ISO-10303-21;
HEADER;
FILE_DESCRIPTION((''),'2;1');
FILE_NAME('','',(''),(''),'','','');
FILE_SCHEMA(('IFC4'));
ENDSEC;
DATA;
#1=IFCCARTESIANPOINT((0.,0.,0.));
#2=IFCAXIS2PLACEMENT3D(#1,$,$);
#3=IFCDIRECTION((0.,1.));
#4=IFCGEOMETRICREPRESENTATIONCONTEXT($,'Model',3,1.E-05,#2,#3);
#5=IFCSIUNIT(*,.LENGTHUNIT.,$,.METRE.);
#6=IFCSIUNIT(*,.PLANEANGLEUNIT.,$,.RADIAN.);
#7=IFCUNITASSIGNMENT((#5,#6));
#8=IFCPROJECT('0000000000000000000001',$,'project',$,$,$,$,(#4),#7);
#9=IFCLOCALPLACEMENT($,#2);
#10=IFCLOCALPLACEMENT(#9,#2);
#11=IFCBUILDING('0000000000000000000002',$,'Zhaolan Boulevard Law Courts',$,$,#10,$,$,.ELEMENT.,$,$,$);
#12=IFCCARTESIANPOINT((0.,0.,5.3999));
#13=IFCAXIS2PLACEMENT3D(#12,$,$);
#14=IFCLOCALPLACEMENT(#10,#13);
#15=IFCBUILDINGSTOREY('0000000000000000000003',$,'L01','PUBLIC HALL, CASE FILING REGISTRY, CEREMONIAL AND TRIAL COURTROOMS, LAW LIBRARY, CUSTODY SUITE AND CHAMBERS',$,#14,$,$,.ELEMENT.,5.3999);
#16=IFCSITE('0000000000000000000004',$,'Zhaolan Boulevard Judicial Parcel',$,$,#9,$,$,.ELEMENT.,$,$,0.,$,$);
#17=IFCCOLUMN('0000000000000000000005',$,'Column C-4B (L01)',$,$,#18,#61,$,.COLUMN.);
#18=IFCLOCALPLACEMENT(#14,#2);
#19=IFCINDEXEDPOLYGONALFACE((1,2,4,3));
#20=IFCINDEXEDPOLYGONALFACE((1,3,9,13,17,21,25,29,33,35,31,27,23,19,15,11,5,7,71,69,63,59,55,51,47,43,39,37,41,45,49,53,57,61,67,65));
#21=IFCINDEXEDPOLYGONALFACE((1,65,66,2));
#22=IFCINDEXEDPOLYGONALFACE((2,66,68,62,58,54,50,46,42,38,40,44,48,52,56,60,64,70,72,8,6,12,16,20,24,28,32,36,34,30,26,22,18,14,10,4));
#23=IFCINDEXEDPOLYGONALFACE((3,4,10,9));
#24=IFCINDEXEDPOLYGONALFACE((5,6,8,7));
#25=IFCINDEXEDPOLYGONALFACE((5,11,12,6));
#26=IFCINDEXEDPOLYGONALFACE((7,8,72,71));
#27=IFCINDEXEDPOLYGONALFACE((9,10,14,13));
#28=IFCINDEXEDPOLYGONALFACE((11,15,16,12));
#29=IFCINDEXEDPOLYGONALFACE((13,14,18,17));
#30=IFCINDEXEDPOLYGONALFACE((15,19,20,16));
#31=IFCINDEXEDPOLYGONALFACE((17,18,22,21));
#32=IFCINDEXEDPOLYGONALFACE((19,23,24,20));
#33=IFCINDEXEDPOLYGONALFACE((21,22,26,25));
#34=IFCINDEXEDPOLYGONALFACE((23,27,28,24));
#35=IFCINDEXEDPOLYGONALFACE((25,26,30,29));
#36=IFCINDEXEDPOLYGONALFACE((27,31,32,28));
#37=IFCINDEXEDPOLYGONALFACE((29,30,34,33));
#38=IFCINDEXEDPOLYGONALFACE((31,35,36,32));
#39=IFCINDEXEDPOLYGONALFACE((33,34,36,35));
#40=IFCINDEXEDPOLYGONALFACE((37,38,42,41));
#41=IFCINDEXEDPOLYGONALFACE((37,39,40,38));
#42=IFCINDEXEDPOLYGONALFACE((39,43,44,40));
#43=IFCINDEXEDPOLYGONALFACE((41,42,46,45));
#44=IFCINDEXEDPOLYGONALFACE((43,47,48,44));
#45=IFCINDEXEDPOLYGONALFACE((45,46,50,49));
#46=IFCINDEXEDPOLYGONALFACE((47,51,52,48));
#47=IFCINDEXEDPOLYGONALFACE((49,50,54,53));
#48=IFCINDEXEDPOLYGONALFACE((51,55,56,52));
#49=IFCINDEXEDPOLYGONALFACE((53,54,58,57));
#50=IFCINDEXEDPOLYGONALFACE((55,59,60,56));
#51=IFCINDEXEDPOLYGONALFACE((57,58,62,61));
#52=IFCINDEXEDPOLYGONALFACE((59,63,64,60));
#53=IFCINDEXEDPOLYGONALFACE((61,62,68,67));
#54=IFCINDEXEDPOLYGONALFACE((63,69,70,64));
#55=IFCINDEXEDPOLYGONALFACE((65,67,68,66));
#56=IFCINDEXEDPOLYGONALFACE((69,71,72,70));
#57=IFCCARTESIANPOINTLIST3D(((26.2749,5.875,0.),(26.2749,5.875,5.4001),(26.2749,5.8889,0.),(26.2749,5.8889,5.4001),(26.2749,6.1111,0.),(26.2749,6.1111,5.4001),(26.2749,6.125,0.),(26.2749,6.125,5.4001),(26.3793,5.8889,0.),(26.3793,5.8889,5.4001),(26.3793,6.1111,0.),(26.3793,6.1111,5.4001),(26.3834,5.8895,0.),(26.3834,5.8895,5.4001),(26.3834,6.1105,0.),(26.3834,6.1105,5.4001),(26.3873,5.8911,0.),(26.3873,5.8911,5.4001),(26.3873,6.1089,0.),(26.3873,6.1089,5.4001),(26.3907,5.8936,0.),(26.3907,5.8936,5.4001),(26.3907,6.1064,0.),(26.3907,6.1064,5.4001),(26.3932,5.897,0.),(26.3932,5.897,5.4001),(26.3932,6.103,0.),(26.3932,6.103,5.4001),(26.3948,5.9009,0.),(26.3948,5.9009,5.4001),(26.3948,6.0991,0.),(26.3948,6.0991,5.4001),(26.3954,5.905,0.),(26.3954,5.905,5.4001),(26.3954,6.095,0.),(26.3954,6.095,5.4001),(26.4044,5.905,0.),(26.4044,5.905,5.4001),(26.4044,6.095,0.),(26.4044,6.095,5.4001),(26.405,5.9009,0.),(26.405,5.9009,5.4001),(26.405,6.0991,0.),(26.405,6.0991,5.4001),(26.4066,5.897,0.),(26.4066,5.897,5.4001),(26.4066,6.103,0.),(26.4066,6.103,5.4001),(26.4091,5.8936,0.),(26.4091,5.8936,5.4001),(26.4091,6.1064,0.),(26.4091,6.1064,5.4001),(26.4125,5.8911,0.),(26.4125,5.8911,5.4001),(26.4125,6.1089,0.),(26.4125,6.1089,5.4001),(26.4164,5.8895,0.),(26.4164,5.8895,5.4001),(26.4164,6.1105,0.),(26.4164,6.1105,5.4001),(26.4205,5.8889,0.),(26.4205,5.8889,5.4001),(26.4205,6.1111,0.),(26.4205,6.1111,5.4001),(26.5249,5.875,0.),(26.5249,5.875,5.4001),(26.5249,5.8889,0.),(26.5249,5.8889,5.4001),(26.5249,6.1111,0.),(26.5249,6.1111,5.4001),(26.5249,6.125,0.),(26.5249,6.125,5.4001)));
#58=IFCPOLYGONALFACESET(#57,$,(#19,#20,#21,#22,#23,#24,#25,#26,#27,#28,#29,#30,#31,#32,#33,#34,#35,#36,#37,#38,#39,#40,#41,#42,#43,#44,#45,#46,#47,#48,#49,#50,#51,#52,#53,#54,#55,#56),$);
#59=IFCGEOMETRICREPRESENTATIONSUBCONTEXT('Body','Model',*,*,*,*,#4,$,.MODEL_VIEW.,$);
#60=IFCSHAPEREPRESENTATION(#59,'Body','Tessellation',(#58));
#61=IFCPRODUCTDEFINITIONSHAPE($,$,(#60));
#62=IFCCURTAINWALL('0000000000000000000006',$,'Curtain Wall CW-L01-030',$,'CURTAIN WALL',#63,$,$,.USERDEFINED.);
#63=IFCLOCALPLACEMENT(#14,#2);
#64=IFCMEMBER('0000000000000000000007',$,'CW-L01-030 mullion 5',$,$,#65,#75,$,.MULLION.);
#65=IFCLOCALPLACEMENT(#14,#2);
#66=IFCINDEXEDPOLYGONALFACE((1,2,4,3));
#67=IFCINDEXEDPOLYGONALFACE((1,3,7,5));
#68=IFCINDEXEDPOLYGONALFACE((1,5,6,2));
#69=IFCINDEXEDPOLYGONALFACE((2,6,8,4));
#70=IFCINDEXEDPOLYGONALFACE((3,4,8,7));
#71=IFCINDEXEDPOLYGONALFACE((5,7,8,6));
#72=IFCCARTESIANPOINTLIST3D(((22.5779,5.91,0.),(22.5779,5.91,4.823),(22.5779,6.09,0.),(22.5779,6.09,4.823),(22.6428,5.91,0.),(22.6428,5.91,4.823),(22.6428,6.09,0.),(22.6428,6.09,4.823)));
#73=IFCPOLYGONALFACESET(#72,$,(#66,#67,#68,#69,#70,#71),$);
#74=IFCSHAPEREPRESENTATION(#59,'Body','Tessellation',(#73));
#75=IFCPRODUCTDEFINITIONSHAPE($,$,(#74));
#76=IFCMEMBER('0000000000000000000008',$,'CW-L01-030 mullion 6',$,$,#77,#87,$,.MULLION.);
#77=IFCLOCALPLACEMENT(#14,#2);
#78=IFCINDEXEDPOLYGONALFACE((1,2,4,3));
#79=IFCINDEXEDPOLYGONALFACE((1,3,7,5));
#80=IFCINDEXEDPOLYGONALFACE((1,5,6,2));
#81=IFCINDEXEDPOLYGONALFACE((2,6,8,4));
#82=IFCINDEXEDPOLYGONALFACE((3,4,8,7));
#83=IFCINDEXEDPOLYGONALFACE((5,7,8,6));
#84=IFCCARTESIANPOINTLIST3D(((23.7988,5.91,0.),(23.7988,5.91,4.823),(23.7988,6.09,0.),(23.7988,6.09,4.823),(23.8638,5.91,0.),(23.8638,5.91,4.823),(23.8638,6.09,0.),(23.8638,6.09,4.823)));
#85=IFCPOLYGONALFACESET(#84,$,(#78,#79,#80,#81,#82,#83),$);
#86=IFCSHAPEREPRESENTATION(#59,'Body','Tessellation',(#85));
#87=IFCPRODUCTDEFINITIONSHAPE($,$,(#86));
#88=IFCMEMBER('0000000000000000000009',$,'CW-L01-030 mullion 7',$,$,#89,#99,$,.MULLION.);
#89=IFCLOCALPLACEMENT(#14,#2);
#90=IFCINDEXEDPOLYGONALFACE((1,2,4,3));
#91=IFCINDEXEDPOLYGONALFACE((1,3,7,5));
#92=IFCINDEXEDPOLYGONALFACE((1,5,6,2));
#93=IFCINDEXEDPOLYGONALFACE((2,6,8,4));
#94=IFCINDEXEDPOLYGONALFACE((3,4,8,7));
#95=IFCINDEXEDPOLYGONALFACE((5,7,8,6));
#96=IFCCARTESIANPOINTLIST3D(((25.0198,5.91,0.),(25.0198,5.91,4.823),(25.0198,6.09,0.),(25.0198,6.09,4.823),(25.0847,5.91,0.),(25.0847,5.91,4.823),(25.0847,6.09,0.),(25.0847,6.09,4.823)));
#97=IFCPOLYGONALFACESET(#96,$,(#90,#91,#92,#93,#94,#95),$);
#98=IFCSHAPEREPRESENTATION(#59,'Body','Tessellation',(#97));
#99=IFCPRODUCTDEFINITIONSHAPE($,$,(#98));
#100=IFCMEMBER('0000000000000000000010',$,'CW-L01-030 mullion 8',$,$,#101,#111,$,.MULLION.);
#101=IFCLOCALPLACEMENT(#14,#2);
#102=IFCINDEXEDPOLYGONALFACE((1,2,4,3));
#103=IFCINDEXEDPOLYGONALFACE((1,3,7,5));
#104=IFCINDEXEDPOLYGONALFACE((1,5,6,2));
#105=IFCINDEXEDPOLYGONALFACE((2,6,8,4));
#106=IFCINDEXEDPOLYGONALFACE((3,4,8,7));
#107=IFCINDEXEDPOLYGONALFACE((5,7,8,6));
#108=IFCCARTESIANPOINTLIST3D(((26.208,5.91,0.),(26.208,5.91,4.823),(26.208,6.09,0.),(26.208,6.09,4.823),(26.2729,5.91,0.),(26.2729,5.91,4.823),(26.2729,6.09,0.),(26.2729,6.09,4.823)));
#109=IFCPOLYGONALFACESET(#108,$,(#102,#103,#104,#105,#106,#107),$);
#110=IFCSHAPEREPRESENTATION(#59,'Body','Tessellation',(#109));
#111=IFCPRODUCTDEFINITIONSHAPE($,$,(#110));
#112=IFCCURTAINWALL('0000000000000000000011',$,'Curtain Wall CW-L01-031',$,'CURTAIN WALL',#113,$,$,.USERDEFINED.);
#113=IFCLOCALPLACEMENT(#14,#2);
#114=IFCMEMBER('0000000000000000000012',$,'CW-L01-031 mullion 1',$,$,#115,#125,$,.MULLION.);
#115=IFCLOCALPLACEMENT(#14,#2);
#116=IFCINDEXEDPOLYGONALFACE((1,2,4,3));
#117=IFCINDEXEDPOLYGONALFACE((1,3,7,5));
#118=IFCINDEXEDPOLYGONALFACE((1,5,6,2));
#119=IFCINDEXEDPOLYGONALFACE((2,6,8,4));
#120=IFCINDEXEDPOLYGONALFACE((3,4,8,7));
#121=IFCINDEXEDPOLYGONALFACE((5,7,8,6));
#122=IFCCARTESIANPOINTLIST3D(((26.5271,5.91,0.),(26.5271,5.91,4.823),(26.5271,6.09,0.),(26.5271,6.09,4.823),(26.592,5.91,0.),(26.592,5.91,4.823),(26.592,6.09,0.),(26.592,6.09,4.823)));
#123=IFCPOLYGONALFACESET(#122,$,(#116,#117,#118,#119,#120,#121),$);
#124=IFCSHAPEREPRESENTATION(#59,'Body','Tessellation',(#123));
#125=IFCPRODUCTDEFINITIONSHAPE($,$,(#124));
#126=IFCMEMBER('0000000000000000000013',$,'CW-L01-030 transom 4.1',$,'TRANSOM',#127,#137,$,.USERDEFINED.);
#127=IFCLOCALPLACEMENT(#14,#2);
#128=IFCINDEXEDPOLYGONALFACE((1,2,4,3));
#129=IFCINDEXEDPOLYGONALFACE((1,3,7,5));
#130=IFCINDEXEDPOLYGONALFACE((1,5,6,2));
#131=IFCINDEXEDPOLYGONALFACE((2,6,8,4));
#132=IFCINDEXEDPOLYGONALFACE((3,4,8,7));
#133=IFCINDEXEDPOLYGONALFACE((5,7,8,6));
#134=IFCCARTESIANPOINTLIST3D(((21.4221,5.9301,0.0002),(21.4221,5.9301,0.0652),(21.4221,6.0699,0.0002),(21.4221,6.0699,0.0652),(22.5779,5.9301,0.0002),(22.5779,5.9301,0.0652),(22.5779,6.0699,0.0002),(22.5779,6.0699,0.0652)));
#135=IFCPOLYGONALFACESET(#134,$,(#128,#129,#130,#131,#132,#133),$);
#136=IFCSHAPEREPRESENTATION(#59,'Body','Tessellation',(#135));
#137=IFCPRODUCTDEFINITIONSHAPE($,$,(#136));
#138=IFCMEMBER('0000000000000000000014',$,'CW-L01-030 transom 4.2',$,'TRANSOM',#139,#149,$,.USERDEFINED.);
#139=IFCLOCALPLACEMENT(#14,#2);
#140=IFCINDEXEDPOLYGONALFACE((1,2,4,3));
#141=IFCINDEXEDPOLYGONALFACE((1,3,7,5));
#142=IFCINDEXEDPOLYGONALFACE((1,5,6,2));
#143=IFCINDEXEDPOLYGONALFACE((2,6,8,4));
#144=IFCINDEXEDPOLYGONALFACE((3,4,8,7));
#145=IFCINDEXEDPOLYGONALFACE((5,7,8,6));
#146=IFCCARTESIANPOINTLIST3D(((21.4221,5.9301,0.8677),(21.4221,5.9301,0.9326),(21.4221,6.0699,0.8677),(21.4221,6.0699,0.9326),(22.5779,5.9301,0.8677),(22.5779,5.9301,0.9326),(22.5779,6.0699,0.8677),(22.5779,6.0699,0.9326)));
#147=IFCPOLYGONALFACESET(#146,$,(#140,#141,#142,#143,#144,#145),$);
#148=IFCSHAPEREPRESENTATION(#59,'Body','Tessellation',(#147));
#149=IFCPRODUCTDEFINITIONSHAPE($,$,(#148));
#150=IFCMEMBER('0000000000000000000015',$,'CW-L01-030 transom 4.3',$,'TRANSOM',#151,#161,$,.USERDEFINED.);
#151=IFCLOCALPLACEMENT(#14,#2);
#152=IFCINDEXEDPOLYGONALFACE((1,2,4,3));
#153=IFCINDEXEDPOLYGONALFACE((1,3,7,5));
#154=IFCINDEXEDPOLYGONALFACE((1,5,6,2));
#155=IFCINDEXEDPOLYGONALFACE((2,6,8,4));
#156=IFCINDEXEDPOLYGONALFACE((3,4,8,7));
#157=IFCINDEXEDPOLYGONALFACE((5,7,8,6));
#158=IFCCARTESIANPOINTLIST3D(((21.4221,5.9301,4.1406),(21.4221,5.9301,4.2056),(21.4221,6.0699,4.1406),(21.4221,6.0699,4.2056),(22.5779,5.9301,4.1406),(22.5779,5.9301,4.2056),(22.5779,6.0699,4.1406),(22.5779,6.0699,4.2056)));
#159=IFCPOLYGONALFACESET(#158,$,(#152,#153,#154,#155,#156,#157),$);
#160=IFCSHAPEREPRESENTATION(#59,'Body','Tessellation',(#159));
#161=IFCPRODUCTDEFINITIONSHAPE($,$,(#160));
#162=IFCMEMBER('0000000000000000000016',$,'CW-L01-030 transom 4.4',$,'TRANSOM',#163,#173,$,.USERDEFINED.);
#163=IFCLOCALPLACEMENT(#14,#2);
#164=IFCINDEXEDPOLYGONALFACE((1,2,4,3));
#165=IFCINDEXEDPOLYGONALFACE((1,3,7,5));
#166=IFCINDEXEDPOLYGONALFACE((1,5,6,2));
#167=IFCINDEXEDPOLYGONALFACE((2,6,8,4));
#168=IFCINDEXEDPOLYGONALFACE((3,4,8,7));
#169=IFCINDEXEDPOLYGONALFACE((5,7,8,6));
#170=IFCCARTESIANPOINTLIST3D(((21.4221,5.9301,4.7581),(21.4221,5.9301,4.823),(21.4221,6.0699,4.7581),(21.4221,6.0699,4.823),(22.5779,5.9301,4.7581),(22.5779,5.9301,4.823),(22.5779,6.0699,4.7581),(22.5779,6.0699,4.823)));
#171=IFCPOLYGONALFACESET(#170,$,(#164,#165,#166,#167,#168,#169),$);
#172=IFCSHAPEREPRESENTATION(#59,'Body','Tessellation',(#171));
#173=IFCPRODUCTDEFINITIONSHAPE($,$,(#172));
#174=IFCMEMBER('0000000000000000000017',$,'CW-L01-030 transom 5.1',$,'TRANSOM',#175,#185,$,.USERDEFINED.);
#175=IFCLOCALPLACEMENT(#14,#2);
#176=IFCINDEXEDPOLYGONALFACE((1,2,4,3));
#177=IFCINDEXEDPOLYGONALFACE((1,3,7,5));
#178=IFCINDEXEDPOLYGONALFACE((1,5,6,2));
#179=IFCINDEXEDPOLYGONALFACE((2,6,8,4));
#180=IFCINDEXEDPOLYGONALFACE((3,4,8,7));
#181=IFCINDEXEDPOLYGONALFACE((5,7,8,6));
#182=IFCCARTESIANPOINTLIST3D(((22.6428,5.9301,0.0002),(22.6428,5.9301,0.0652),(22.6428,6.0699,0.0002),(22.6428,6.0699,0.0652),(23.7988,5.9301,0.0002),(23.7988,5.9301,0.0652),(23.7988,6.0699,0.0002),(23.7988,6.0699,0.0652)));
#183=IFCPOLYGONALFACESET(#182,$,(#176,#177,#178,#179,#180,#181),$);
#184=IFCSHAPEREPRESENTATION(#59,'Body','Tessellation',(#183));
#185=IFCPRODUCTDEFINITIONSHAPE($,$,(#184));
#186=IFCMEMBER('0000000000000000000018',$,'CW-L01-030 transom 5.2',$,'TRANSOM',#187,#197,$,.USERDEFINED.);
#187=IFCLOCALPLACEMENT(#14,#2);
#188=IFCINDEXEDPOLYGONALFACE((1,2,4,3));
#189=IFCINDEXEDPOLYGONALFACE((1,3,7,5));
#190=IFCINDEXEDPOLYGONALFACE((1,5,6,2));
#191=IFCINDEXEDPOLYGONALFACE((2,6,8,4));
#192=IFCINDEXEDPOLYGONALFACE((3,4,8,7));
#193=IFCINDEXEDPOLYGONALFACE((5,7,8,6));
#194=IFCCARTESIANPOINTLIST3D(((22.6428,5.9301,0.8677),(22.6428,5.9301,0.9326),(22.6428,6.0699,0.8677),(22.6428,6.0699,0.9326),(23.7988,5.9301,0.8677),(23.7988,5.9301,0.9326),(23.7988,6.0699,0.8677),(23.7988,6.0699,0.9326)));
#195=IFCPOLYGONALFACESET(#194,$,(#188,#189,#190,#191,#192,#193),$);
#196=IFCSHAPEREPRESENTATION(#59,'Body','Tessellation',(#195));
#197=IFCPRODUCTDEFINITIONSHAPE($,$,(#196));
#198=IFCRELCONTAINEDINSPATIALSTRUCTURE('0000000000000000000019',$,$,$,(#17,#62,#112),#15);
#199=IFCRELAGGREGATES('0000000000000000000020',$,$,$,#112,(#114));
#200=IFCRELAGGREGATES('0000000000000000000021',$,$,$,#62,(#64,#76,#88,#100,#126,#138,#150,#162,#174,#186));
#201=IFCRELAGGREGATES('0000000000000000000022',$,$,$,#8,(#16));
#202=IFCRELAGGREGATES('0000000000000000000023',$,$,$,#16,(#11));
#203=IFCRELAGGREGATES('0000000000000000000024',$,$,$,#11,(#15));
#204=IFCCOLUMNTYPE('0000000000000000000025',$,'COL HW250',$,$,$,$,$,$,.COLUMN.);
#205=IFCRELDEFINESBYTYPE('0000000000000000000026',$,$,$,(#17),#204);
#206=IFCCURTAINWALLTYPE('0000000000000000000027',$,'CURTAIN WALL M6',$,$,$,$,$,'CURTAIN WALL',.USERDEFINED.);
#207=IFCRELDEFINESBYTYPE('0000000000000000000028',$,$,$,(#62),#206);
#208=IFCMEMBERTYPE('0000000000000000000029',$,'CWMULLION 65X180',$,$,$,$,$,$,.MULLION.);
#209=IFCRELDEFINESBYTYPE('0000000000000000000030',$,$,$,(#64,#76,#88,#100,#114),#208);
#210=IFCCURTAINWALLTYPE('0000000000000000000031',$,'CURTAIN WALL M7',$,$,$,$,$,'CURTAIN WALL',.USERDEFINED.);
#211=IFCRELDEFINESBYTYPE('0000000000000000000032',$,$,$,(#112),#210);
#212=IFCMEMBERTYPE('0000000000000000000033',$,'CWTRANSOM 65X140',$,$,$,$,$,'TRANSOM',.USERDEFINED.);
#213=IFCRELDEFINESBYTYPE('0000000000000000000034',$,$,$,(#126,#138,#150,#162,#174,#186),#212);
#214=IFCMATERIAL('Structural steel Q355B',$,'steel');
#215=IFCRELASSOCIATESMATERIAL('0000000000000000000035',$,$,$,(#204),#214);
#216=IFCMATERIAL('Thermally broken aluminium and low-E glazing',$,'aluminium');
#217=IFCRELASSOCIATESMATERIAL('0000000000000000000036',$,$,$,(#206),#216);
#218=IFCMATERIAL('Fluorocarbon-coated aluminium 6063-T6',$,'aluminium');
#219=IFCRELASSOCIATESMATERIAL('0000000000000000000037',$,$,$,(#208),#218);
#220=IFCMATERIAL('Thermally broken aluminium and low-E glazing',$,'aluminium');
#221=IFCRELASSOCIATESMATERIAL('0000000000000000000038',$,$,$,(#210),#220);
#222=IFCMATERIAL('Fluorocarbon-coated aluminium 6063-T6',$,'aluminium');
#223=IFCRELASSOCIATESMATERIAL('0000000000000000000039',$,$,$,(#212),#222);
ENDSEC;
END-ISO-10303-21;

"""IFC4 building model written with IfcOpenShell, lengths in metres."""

from ifc_helpers import new_model, si_unit, direction, frame, origin, origin_2d, place, context, subcontext, project, spatial, rectangle, i_section, extrude, material, material_profile, profile_set, type_object, element, aggregate, save


model = new_model("IFC4")

# Units and contexts
model_context = context("Model", 3, precision=1e-05, world=origin(), true_north=direction((0.0, 1.0)))
body_context = subcontext(model_context, "Body", "Model", "MODEL_VIEW")
ifc_project = project(units=[si_unit("LENGTHUNIT", "METRE"), si_unit("PLANEANGLEUNIT", "RADIAN")], contexts=[model_context])

# Site, building, storey
site_placement = place(None, origin())
site = spatial("IfcSite", under=ifc_project, at=site_placement, Name="Zhaolan Boulevard Judicial Parcel", CompositionType="ELEMENT", RefElevation=0.0)
building_placement = place(site_placement, origin())
building = spatial("IfcBuilding", under=site, at=building_placement, Name="Zhaolan Boulevard Law Courts", CompositionType="ELEMENT")
storey_placement = place(building_placement, frame((0.0, 0.0, 5.3999)))
storey = spatial("IfcBuildingStorey", under=building, at=storey_placement, Name="L01", Description="PUBLIC HALL, CASE FILING REGISTRY, CEREMONIAL AND TRIAL COURTROOMS, LAW LIBRARY, CUSTODY SUITE AND CHAMBERS", CompositionType="ELEMENT", Elevation=5.3999)

# Column
ifc_material_1 = material(Name="Structural steel Q355B", Category="steel")
ifc_material_profile_1 = material_profile(ifc_material_1, i_section(OverallWidth=0.25, OverallDepth=0.25, WebThickness=0.009, FlangeThickness=0.0139, FilletRadius=0.0161, at=origin_2d()), Name="HW250x250")
ifc_profile_set_1 = profile_set([ifc_material_profile_1], Name="Structural steel Q355B")
column_type = type_object("IfcColumnType", Name="COL HW250", PredefinedType="COLUMN", material=ifc_profile_set_1)
column_placement = place(storey_placement, frame((26.3999, 6.0, 0.0), z_axis=(0.0, 0.0, 1.0), x_axis=(1.0, 0.0, 0.0)))
element("IfcColumn", 1, at=column_placement, inside=storey, type_object=column_type, Name="Column C-4B (L01)", PredefinedType="COLUMN", context=body_context, shape_type="SweptSolid", body=[
    extrude(i_section(OverallWidth=0.25, OverallDepth=0.25, WebThickness=0.009, FlangeThickness=0.0139, FilletRadius=0.0161, at=origin_2d()), origin(), (0.0, 0.0, 1.0), 5.4001),
])

# Curtain wall, members
ifc_material_2 = material(Name="Thermally broken aluminium and low-E glazing", Category="aluminium")
curtain_wall_type_1 = type_object("IfcCurtainWallType", Name="CURTAIN WALL M6", ElementType="CURTAIN WALL", PredefinedType="USERDEFINED", material=ifc_material_2)
curtain_wall_1_placement = place(storey_placement, origin())
curtain_wall_1 = element("IfcCurtainWall", 2, at=curtain_wall_1_placement, inside=storey, type_object=curtain_wall_type_1, Name="Curtain Wall CW-L01-030", ObjectType="CURTAIN WALL", PredefinedType="USERDEFINED")
ifc_material_3 = material(Name="Fluorocarbon-coated aluminium 6063-T6", Category="aluminium")
ifc_material_profile_2 = material_profile(ifc_material_3, rectangle(XDim=0.1799, YDim=0.0649, at=origin_2d()), Name="AL65x180")
ifc_profile_set_2 = profile_set([ifc_material_profile_2], Name="Fluorocarbon-coated aluminium 6063-T6")
member_type_1 = type_object("IfcMemberType", Name="CWMULLION 65X180", PredefinedType="MULLION", material=ifc_profile_set_2)
member_1_placement = place(storey_placement, frame((22.6104, 6.0, 0.0), z_axis=(0.0, 0.0, 1.0), x_axis=(0.0, 1.0, 0.0)))
member_1 = element("IfcMember", 3, at=member_1_placement, type_object=member_type_1, Name="CW-L01-030 mullion 5", PredefinedType="MULLION", context=body_context, shape_type="SweptSolid", body=[
    extrude(rectangle(XDim=0.1799, YDim=0.0649, at=origin_2d()), origin(), (0.0, 0.0, 1.0), 4.823),
])
member_2_placement = place(storey_placement, frame((23.8313, 6.0, 0.0), z_axis=(0.0, 0.0, 1.0), x_axis=(0.0, 1.0, 0.0)))
member_2 = element("IfcMember", 4, at=member_2_placement, type_object=member_type_1, Name="CW-L01-030 mullion 6", PredefinedType="MULLION", context=body_context, shape_type="SweptSolid", body=[
    extrude(rectangle(XDim=0.1799, YDim=0.0649, at=origin_2d()), origin(), (0.0, 0.0, 1.0), 4.823),
])
member_3_placement = place(storey_placement, frame((25.0522, 6.0, 0.0), z_axis=(0.0, 0.0, 1.0), x_axis=(0.0, 1.0, 0.0)))
member_3 = element("IfcMember", 5, at=member_3_placement, type_object=member_type_1, Name="CW-L01-030 mullion 7", PredefinedType="MULLION", context=body_context, shape_type="SweptSolid", body=[
    extrude(rectangle(XDim=0.1799, YDim=0.0649, at=origin_2d()), origin(), (0.0, 0.0, 1.0), 4.823),
])
member_4_placement = place(storey_placement, frame((26.2405, 6.0, 0.0), z_axis=(0.0, 0.0, 1.0), x_axis=(0.0, 1.0, 0.0)))
member_4 = element("IfcMember", 6, at=member_4_placement, type_object=member_type_1, Name="CW-L01-030 mullion 8", PredefinedType="MULLION", context=body_context, shape_type="SweptSolid", body=[
    extrude(rectangle(XDim=0.1799, YDim=0.0649, at=origin_2d()), origin(), (0.0, 0.0, 1.0), 4.823),
])

# Curtain wall, member
ifc_material_4 = material(Name="Thermally broken aluminium and low-E glazing", Category="aluminium")
curtain_wall_type_2 = type_object("IfcCurtainWallType", Name="CURTAIN WALL M7", ElementType="CURTAIN WALL", PredefinedType="USERDEFINED", material=ifc_material_4)
curtain_wall_2_placement = place(storey_placement, origin())
curtain_wall_2 = element("IfcCurtainWall", 7, at=curtain_wall_2_placement, inside=storey, type_object=curtain_wall_type_2, Name="Curtain Wall CW-L01-031", ObjectType="CURTAIN WALL", PredefinedType="USERDEFINED")
member_5_placement = place(storey_placement, frame((26.5596, 6.0, 0.0), z_axis=(0.0, 0.0, 1.0), x_axis=(0.0, 1.0, 0.0)))
member_5 = element("IfcMember", 8, at=member_5_placement, type_object=member_type_1, Name="CW-L01-031 mullion 1", PredefinedType="MULLION", context=body_context, shape_type="SweptSolid", body=[
    extrude(rectangle(XDim=0.1799, YDim=0.0649, at=origin_2d()), origin(), (0.0, 0.0, 1.0), 4.823),
])

# Members
ifc_material_5 = material(Name="Fluorocarbon-coated aluminium 6063-T6", Category="aluminium")
ifc_material_profile_3 = material_profile(ifc_material_5, rectangle(XDim=0.1399, YDim=0.0649, at=origin_2d()), Name="AL65x140")
ifc_profile_set_3 = profile_set([ifc_material_profile_3], Name="Fluorocarbon-coated aluminium 6063-T6")
member_type_2 = type_object("IfcMemberType", Name="CWTRANSOM 65X140", ElementType="TRANSOM", PredefinedType="USERDEFINED", material=ifc_profile_set_3)
member_6_placement = place(storey_placement, frame((21.4221, 6.0, 0.0327), z_axis=(1.0, 0.0, 0.0), x_axis=(0.0, 1.0, 0.0)))
member_6 = element("IfcMember", 9, at=member_6_placement, type_object=member_type_2, Name="CW-L01-030 transom 4.1", ObjectType="TRANSOM", PredefinedType="USERDEFINED", context=body_context, shape_type="SweptSolid", body=[
    extrude(rectangle(XDim=0.1399, YDim=0.0649, at=origin_2d()), origin(), (0.0, 0.0, 1.0), 1.1558),
])
member_7_placement = place(storey_placement, frame((21.4221, 6.0, 0.9001), z_axis=(1.0, 0.0, 0.0), x_axis=(0.0, 1.0, 0.0)))
member_7 = element("IfcMember", 10, at=member_7_placement, type_object=member_type_2, Name="CW-L01-030 transom 4.2", ObjectType="TRANSOM", PredefinedType="USERDEFINED", context=body_context, shape_type="SweptSolid", body=[
    extrude(rectangle(XDim=0.1399, YDim=0.0649, at=origin_2d()), origin(), (0.0, 0.0, 1.0), 1.1558),
])
member_8_placement = place(storey_placement, frame((21.4221, 6.0, 4.1731), z_axis=(1.0, 0.0, 0.0), x_axis=(0.0, 1.0, 0.0)))
member_8 = element("IfcMember", 11, at=member_8_placement, type_object=member_type_2, Name="CW-L01-030 transom 4.3", ObjectType="TRANSOM", PredefinedType="USERDEFINED", context=body_context, shape_type="SweptSolid", body=[
    extrude(rectangle(XDim=0.1399, YDim=0.0649, at=origin_2d()), origin(), (0.0, 0.0, 1.0), 1.1558),
])
member_9_placement = place(storey_placement, frame((21.4221, 6.0, 4.7905), z_axis=(1.0, 0.0, 0.0), x_axis=(0.0, 1.0, 0.0)))
member_9 = element("IfcMember", 12, at=member_9_placement, type_object=member_type_2, Name="CW-L01-030 transom 4.4", ObjectType="TRANSOM", PredefinedType="USERDEFINED", context=body_context, shape_type="SweptSolid", body=[
    extrude(rectangle(XDim=0.1399, YDim=0.0649, at=origin_2d()), origin(), (0.0, 0.0, 1.0), 1.1558),
])
member_10_placement = place(storey_placement, frame((22.6428, 6.0, 0.0327), z_axis=(1.0, 0.0, 0.0), x_axis=(0.0, 1.0, 0.0)))
member_10 = element("IfcMember", 13, at=member_10_placement, type_object=member_type_2, Name="CW-L01-030 transom 5.1", ObjectType="TRANSOM", PredefinedType="USERDEFINED", context=body_context, shape_type="SweptSolid", body=[
    extrude(rectangle(XDim=0.1399, YDim=0.0649, at=origin_2d()), origin(), (0.0, 0.0, 1.0), 1.156),
])
member_11_placement = place(storey_placement, frame((22.6428, 6.0, 0.9001), z_axis=(1.0, 0.0, 0.0), x_axis=(0.0, 1.0, 0.0)))
member_11 = element("IfcMember", 14, at=member_11_placement, type_object=member_type_2, Name="CW-L01-030 transom 5.2", ObjectType="TRANSOM", PredefinedType="USERDEFINED", context=body_context, shape_type="SweptSolid", body=[
    extrude(rectangle(XDim=0.1399, YDim=0.0649, at=origin_2d()), origin(), (0.0, 0.0, 1.0), 1.156),
])
aggregate(curtain_wall_2, [member_5])

aggregate(curtain_wall_1, [member_1, member_2, member_3, member_4, member_6, member_7, member_8, member_9, member_10, member_11])

save(model, "model.ifc")
